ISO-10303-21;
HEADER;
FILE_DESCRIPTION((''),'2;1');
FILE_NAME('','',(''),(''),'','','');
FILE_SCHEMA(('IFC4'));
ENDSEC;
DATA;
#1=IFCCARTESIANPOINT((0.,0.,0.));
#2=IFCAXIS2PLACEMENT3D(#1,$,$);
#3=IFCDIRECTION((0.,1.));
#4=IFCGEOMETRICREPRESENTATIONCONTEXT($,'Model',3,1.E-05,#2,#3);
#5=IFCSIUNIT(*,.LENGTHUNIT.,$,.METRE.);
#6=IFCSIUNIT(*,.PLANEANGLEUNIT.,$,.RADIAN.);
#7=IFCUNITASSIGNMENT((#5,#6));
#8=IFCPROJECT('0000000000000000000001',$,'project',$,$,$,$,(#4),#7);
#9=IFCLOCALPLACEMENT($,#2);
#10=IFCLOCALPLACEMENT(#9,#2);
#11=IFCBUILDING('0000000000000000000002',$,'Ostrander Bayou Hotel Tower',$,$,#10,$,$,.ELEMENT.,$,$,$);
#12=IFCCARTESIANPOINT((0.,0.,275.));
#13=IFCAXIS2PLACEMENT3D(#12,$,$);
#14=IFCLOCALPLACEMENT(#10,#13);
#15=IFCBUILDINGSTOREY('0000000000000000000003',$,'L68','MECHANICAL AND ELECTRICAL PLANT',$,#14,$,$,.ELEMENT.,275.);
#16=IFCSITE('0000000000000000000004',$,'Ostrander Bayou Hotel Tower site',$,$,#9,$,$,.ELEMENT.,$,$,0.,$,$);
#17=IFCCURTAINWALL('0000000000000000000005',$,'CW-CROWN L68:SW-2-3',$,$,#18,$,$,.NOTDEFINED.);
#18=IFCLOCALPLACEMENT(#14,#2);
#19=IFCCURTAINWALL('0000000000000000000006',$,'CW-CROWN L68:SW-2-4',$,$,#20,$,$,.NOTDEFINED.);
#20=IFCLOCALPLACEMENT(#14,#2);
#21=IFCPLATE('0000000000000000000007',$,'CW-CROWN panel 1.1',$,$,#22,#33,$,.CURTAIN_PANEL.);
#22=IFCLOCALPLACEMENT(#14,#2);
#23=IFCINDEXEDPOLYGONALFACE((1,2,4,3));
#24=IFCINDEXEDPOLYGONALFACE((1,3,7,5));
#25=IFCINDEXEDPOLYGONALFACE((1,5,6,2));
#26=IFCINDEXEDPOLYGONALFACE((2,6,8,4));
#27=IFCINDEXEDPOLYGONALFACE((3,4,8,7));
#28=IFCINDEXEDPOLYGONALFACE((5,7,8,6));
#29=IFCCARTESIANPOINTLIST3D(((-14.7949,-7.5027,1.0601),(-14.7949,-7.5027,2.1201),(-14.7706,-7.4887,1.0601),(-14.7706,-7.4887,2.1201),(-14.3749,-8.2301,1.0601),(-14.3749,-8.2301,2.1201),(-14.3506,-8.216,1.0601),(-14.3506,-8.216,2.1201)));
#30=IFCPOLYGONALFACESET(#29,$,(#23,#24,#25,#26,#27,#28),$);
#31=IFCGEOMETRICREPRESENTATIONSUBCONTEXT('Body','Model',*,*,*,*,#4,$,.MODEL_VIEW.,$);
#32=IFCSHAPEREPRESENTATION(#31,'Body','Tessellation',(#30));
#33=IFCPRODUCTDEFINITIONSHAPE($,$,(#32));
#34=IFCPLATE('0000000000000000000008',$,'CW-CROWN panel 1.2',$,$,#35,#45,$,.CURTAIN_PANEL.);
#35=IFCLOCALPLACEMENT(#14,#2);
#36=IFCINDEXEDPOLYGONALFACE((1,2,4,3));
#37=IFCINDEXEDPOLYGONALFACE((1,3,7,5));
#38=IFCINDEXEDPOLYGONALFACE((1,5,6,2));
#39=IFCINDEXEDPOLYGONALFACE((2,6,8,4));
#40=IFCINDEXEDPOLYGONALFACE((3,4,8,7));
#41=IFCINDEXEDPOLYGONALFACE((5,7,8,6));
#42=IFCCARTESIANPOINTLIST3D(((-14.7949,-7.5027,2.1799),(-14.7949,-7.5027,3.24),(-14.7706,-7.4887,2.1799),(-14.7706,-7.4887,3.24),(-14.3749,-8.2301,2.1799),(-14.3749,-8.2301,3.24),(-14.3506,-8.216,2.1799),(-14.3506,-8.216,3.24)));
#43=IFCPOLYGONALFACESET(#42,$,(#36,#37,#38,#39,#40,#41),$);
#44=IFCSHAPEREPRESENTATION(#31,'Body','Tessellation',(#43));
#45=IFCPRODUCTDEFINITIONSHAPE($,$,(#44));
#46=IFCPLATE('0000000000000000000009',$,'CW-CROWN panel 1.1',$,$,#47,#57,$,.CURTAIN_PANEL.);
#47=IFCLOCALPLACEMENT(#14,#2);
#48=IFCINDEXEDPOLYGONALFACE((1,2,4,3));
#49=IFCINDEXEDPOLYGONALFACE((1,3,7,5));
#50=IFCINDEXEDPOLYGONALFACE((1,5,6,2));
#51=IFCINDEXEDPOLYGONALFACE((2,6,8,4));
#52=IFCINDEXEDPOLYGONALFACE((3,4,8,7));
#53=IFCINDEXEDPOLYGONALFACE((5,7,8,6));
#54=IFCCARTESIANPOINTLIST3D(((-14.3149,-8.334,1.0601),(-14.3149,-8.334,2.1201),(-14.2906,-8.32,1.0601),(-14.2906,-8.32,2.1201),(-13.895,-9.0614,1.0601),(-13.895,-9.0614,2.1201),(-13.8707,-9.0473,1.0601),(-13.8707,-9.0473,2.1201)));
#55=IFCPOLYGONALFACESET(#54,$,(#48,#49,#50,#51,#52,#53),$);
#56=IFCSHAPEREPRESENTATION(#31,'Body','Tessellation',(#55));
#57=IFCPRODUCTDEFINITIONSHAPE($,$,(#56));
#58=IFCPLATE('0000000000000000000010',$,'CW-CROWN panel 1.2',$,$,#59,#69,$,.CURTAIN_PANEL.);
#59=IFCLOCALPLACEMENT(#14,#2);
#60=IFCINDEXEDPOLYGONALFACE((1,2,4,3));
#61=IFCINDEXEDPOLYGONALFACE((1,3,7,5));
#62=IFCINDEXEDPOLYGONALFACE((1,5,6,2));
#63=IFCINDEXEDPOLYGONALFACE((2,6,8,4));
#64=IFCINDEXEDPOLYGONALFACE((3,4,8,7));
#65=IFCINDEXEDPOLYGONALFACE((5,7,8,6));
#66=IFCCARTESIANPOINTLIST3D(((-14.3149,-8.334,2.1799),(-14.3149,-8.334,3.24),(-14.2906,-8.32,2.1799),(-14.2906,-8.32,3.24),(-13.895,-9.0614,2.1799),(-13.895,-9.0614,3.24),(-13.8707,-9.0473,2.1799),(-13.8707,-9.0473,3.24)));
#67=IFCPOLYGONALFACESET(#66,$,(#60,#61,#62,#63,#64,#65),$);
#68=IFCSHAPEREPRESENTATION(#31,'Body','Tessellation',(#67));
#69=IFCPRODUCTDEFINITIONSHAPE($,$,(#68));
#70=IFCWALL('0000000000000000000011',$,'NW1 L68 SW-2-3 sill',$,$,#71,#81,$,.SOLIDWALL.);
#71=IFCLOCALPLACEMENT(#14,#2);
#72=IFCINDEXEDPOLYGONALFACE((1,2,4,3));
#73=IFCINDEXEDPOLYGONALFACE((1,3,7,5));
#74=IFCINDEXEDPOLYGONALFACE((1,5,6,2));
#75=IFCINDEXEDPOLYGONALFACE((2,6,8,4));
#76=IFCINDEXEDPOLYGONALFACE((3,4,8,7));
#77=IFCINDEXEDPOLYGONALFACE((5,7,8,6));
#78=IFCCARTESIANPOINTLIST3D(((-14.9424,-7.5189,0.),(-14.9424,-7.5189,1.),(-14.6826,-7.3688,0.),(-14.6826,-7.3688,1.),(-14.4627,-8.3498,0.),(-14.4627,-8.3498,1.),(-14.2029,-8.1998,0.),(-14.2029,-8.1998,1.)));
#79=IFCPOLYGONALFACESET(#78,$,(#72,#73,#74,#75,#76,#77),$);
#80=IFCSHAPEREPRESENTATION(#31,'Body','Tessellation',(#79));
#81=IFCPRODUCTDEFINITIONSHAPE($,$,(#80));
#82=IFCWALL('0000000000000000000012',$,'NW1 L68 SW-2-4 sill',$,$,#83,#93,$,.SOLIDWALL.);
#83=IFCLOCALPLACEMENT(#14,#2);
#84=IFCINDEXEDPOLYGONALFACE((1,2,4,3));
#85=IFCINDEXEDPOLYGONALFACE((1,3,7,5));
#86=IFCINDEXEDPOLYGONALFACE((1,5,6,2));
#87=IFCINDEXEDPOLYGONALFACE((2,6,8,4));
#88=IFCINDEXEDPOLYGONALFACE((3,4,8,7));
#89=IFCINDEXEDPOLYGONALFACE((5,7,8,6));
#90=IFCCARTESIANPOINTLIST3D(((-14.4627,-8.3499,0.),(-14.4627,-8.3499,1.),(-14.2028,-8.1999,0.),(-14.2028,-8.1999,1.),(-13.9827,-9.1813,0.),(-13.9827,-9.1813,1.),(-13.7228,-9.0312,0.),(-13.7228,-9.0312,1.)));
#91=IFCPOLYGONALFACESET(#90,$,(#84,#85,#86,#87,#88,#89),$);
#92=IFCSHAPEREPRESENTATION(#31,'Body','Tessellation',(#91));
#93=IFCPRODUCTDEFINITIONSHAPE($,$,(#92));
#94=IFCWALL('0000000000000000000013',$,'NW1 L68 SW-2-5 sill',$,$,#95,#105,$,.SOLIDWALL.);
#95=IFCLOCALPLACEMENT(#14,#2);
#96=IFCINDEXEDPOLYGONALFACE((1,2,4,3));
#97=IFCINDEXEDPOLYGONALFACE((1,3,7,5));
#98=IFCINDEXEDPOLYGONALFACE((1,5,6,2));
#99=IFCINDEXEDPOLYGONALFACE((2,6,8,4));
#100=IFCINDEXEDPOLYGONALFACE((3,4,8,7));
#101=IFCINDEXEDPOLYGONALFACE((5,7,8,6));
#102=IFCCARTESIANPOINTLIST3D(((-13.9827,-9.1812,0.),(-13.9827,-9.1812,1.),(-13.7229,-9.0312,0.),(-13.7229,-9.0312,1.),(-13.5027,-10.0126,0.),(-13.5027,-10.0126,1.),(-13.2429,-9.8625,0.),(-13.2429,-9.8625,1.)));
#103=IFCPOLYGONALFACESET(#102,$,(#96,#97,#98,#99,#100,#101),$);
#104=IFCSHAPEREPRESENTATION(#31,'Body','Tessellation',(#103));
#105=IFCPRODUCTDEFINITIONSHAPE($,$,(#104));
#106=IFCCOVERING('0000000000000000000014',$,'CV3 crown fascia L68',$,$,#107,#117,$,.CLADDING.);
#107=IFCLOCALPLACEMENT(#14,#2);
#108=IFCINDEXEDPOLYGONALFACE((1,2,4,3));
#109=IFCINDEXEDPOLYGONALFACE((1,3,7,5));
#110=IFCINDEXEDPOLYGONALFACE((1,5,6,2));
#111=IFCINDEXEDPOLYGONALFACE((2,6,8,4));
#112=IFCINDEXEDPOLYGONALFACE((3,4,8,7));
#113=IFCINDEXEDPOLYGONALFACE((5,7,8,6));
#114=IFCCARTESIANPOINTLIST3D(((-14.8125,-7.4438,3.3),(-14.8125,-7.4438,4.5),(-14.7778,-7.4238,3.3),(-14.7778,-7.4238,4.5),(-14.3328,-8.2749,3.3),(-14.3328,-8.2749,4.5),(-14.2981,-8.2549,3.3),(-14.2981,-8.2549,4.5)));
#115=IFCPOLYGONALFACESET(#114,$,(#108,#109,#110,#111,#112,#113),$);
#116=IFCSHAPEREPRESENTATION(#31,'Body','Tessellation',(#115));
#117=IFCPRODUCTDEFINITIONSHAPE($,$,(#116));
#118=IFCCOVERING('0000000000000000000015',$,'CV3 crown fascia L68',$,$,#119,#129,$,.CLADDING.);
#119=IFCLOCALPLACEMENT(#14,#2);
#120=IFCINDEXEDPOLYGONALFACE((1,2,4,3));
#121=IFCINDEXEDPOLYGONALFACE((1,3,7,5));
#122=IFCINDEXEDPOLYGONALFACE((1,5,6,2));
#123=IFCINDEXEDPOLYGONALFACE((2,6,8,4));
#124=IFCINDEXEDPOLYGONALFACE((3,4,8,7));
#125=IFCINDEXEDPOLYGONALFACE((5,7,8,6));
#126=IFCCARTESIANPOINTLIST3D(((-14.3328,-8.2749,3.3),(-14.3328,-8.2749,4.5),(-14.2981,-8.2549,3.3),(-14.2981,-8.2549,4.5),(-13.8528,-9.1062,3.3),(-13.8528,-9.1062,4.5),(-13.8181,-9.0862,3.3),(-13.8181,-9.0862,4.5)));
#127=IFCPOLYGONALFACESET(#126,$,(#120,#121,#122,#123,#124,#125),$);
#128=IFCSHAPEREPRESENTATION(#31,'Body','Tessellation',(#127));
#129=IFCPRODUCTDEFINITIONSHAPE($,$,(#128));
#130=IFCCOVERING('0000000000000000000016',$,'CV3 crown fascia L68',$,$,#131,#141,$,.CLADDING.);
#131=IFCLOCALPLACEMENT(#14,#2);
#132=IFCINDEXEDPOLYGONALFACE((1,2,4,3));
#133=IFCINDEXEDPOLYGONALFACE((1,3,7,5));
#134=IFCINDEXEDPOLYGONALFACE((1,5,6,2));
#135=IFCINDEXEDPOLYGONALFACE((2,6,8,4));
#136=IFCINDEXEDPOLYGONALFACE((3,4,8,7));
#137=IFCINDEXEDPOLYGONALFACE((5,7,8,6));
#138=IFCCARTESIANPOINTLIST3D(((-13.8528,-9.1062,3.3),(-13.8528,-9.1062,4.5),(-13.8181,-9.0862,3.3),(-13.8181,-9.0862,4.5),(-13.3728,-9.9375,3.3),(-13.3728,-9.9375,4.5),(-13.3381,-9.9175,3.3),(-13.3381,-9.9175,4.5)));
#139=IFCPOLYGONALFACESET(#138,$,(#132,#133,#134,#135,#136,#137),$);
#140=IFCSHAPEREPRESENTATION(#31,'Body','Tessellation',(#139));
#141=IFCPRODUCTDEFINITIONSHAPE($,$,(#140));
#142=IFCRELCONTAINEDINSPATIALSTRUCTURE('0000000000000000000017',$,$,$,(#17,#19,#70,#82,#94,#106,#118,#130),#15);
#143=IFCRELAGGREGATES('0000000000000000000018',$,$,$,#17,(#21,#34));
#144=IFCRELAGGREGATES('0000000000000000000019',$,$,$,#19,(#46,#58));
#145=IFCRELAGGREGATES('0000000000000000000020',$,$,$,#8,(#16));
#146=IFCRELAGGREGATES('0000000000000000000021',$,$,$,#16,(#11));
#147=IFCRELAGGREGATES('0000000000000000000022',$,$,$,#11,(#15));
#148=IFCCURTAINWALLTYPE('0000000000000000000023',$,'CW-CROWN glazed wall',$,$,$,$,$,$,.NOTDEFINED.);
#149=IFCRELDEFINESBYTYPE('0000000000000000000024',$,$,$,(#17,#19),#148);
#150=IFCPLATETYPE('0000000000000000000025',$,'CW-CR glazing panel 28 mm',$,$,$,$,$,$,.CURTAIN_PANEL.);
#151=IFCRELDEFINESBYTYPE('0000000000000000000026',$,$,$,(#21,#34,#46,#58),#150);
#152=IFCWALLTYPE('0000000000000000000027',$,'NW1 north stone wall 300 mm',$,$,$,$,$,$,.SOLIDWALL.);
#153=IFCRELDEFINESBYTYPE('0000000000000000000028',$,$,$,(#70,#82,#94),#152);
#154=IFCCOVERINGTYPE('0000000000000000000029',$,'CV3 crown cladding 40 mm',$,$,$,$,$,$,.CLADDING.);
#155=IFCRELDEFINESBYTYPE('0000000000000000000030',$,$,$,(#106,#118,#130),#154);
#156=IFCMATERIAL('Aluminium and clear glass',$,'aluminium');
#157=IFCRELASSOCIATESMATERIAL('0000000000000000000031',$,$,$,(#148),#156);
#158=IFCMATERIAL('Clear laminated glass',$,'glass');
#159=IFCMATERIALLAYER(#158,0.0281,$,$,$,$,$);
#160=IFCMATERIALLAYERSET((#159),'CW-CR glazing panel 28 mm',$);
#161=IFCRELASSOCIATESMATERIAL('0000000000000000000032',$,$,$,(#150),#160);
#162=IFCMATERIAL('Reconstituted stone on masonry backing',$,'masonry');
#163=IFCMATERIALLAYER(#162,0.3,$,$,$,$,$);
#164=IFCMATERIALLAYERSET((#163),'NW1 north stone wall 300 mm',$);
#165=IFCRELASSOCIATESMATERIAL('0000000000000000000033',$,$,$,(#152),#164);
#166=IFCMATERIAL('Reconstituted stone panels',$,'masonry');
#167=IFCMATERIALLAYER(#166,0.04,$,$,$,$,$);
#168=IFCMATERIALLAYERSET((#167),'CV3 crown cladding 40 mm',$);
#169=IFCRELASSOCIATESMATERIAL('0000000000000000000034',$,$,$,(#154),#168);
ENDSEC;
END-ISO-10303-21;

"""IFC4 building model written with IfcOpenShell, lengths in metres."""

from ifc_helpers import new_model, si_unit, direction, frame, frame_2d, origin, origin_2d, place, context, subcontext, project, spatial, polyline, rectangle, outline, extrude, material, layer, layer_set, type_object, element, aggregate, save


model = new_model("IFC4")

# Units and contexts
model_context = context("Model", 3, precision=1e-05, world=origin(), true_north=direction((0.0, 1.0)))
body_context = subcontext(model_context, "Body", "Model", "MODEL_VIEW")
ifc_project = project(units=[si_unit("LENGTHUNIT", "METRE"), si_unit("PLANEANGLEUNIT", "RADIAN")], contexts=[model_context])

# Site, building, storey
site_placement = place(None, origin())
site = spatial("IfcSite", under=ifc_project, at=site_placement, Name="Ostrander Bayou Hotel Tower site", CompositionType="ELEMENT", RefElevation=0.0)
building_placement = place(site_placement, origin())
building = spatial("IfcBuilding", under=site, at=building_placement, Name="Ostrander Bayou Hotel Tower", CompositionType="ELEMENT")
storey_placement = place(building_placement, frame((0.0, 0.0, 275.0)))
storey = spatial("IfcBuildingStorey", under=building, at=storey_placement, Name="L68", Description="MECHANICAL AND ELECTRICAL PLANT", CompositionType="ELEMENT", Elevation=275.0)

# Curtain walls
ifc_material_1 = material(Name="Aluminium and clear glass", Category="aluminium")
curtain_wall_type = type_object("IfcCurtainWallType", Name="CW-CROWN glazed wall", PredefinedType="NOTDEFINED", material=ifc_material_1)
curtain_wall_1_placement = place(storey_placement, origin())
curtain_wall_1 = element("IfcCurtainWall", 1, at=curtain_wall_1_placement, inside=storey, type_object=curtain_wall_type, Name="CW-CROWN L68:SW-2-3", PredefinedType="NOTDEFINED")
curtain_wall_2_placement = place(storey_placement, origin())
curtain_wall_2 = element("IfcCurtainWall", 2, at=curtain_wall_2_placement, inside=storey, type_object=curtain_wall_type, Name="CW-CROWN L68:SW-2-4", PredefinedType="NOTDEFINED")

# Plates
ifc_material_2 = material(Name="Clear laminated glass", Category="glass")
ifc_layer_1 = layer(ifc_material_2, 0.0281)
ifc_layer_set_1 = layer_set([ifc_layer_1], Name="CW-CR glazing panel 28 mm")
plate_type = type_object("IfcPlateType", Name="CW-CR glazing panel 28 mm", PredefinedType="CURTAIN_PANEL", material=ifc_layer_set_1)
plate_1_placement = place(storey_placement, frame((-14.5728, -7.8594, 1.0601), z_axis=(0.0, 0.0, 1.0), x_axis=(0.500005, -0.866022, 0.0)))
plate_1 = element("IfcPlate", 3, at=plate_1_placement, type_object=plate_type, Name="CW-CROWN panel 1.1", PredefinedType="CURTAIN_PANEL", context=body_context, shape_type="SweptSolid", body=[
    extrude(rectangle(XDim=0.8398, YDim=0.0281, at=origin_2d()), origin(), (0.0, 0.0, 1.0), 1.0601),
])
plate_2_placement = place(storey_placement, frame((-14.5728, -7.8594, 2.1799), z_axis=(0.0, 0.0, 1.0), x_axis=(0.500005, -0.866022, 0.0)))
plate_2 = element("IfcPlate", 4, at=plate_2_placement, type_object=plate_type, Name="CW-CROWN panel 1.2", PredefinedType="CURTAIN_PANEL", context=body_context, shape_type="SweptSolid", body=[
    extrude(rectangle(XDim=0.8398, YDim=0.0281, at=origin_2d()), origin(), (0.0, 0.0, 1.0), 1.0601),
])
aggregate(curtain_wall_1, [plate_1, plate_2])
plate_3_placement = place(storey_placement, frame((-14.0928, -8.6907, 1.0601), z_axis=(0.0, 0.0, 1.0), x_axis=(0.500005, -0.866022, 0.0)))
plate_3 = element("IfcPlate", 5, at=plate_3_placement, type_object=plate_type, Name="CW-CROWN panel 1.1", PredefinedType="CURTAIN_PANEL", context=body_context, shape_type="SweptSolid", body=[
    extrude(rectangle(XDim=0.8398, YDim=0.0281, at=origin_2d()), origin(), (0.0, 0.0, 1.0), 1.0601),
])
plate_4_placement = place(storey_placement, frame((-14.0928, -8.6907, 2.1799), z_axis=(0.0, 0.0, 1.0), x_axis=(0.500005, -0.866022, 0.0)))
plate_4 = element("IfcPlate", 6, at=plate_4_placement, type_object=plate_type, Name="CW-CROWN panel 1.2", PredefinedType="CURTAIN_PANEL", context=body_context, shape_type="SweptSolid", body=[
    extrude(rectangle(XDim=0.8398, YDim=0.0281, at=origin_2d()), origin(), (0.0, 0.0, 1.0), 1.0601),
])
aggregate(curtain_wall_2, [plate_3, plate_4])

# Walls
ifc_material_3 = material(Name="Reconstituted stone on masonry backing", Category="masonry")
ifc_layer_2 = layer(ifc_material_3, 0.3)
ifc_layer_set_2 = layer_set([ifc_layer_2], Name="NW1 north stone wall 300 mm")
wall_type = type_object("IfcWallType", Name="NW1 north stone wall 300 mm", PredefinedType="SOLIDWALL", material=ifc_layer_set_2)
wall_placement = place(storey_placement, frame((-14.8125, -7.4438, 0.0), z_axis=(0.0, 0.0, 1.0), x_axis=(0.499943, -0.866058, 0.0)))
element("IfcWall", 7, at=wall_placement, inside=storey, type_object=wall_type, Name="NW1 L68 SW-2-3 sill", PredefinedType="SOLIDWALL", context=body_context, shape_type="SweptSolid", body=[
    extrude(rectangle(XDim=0.9595, YDim=0.3, at=frame_2d((0.4797, 0.0))), origin(), (0.0, 0.0, 1.0), 1.0),
])
for number, where, z_axis, x_axis, name in (
    (8, (-14.3328, -8.2749, 0.0), (0.0, 0.0, 1.0), (0.500023, -0.866012, 0.0), "NW1 L68 SW-2-4 sill"),
    (9, (-13.8528, -9.1062, 0.0), (0.0, 0.0, 1.0), (0.500023, -0.866012, 0.0), "NW1 L68 SW-2-5 sill"),
):
    element("IfcWall", number, at=place(storey_placement, frame(where, z_axis=z_axis, x_axis=x_axis)), inside=storey, type_object=wall_type, Name=name, PredefinedType="SOLIDWALL", context=body_context, shape_type="SweptSolid", body=[
        extrude(rectangle(XDim=0.96, YDim=0.3, at=frame_2d((0.48, 0.0))), origin(), (0.0, 0.0, 1.0), 1.0),
    ])

# Coverings
ifc_material_4 = material(Name="Reconstituted stone panels", Category="masonry")
ifc_layer_3 = layer(ifc_material_4, 0.04)
ifc_layer_set_3 = layer_set([ifc_layer_3], Name="CV3 crown cladding 40 mm")
covering_type = type_object("IfcCoveringType", Name="CV3 crown cladding 40 mm", PredefinedType="CLADDING", material=ifc_layer_set_3)
covering_placement = place(storey_placement, frame((-14.8125, -7.4438, 3.3), z_axis=(-0.866058, -0.499943, 0.0), x_axis=(0.499943, -0.866058, 0.0)))
element("IfcCovering", 10, at=covering_placement, inside=storey, type_object=covering_type, Name="CV3 crown fascia L68", PredefinedType="CLADDING", context=body_context, shape_type="SweptSolid", body=[
    extrude(outline(polyline([(0.0, 0.0), (0.9596, 0.0), (0.9596, 1.2), (0.0, 1.2), (0.0, 0.0)])), origin(), (0.0, 0.0, -1.0), 0.04),
])
for number, where, z_axis, x_axis, name in (
    (11, (-14.3328, -8.2749, 3.3), (-0.866012, -0.500023, 0.0), (0.500023, -0.866012, 0.0), "CV3 crown fascia L68"),
    (12, (-13.8528, -9.1062, 3.3), (-0.866012, -0.500023, 0.0), (0.500023, -0.866012, 0.0), "CV3 crown fascia L68"),
):
    element("IfcCovering", number, at=place(storey_placement, frame(where, z_axis=z_axis, x_axis=x_axis)), inside=storey, type_object=covering_type, Name=name, PredefinedType="CLADDING", context=body_context, shape_type="SweptSolid", body=[
        extrude(outline(polyline([(0.0, 0.0), (0.9599, 0.0), (0.9599, 1.2), (0.0, 1.2), (0.0, 0.0)])), origin(), (0.0, 0.0, -1.0), 0.04),
    ])

save(model, "model.ifc")
